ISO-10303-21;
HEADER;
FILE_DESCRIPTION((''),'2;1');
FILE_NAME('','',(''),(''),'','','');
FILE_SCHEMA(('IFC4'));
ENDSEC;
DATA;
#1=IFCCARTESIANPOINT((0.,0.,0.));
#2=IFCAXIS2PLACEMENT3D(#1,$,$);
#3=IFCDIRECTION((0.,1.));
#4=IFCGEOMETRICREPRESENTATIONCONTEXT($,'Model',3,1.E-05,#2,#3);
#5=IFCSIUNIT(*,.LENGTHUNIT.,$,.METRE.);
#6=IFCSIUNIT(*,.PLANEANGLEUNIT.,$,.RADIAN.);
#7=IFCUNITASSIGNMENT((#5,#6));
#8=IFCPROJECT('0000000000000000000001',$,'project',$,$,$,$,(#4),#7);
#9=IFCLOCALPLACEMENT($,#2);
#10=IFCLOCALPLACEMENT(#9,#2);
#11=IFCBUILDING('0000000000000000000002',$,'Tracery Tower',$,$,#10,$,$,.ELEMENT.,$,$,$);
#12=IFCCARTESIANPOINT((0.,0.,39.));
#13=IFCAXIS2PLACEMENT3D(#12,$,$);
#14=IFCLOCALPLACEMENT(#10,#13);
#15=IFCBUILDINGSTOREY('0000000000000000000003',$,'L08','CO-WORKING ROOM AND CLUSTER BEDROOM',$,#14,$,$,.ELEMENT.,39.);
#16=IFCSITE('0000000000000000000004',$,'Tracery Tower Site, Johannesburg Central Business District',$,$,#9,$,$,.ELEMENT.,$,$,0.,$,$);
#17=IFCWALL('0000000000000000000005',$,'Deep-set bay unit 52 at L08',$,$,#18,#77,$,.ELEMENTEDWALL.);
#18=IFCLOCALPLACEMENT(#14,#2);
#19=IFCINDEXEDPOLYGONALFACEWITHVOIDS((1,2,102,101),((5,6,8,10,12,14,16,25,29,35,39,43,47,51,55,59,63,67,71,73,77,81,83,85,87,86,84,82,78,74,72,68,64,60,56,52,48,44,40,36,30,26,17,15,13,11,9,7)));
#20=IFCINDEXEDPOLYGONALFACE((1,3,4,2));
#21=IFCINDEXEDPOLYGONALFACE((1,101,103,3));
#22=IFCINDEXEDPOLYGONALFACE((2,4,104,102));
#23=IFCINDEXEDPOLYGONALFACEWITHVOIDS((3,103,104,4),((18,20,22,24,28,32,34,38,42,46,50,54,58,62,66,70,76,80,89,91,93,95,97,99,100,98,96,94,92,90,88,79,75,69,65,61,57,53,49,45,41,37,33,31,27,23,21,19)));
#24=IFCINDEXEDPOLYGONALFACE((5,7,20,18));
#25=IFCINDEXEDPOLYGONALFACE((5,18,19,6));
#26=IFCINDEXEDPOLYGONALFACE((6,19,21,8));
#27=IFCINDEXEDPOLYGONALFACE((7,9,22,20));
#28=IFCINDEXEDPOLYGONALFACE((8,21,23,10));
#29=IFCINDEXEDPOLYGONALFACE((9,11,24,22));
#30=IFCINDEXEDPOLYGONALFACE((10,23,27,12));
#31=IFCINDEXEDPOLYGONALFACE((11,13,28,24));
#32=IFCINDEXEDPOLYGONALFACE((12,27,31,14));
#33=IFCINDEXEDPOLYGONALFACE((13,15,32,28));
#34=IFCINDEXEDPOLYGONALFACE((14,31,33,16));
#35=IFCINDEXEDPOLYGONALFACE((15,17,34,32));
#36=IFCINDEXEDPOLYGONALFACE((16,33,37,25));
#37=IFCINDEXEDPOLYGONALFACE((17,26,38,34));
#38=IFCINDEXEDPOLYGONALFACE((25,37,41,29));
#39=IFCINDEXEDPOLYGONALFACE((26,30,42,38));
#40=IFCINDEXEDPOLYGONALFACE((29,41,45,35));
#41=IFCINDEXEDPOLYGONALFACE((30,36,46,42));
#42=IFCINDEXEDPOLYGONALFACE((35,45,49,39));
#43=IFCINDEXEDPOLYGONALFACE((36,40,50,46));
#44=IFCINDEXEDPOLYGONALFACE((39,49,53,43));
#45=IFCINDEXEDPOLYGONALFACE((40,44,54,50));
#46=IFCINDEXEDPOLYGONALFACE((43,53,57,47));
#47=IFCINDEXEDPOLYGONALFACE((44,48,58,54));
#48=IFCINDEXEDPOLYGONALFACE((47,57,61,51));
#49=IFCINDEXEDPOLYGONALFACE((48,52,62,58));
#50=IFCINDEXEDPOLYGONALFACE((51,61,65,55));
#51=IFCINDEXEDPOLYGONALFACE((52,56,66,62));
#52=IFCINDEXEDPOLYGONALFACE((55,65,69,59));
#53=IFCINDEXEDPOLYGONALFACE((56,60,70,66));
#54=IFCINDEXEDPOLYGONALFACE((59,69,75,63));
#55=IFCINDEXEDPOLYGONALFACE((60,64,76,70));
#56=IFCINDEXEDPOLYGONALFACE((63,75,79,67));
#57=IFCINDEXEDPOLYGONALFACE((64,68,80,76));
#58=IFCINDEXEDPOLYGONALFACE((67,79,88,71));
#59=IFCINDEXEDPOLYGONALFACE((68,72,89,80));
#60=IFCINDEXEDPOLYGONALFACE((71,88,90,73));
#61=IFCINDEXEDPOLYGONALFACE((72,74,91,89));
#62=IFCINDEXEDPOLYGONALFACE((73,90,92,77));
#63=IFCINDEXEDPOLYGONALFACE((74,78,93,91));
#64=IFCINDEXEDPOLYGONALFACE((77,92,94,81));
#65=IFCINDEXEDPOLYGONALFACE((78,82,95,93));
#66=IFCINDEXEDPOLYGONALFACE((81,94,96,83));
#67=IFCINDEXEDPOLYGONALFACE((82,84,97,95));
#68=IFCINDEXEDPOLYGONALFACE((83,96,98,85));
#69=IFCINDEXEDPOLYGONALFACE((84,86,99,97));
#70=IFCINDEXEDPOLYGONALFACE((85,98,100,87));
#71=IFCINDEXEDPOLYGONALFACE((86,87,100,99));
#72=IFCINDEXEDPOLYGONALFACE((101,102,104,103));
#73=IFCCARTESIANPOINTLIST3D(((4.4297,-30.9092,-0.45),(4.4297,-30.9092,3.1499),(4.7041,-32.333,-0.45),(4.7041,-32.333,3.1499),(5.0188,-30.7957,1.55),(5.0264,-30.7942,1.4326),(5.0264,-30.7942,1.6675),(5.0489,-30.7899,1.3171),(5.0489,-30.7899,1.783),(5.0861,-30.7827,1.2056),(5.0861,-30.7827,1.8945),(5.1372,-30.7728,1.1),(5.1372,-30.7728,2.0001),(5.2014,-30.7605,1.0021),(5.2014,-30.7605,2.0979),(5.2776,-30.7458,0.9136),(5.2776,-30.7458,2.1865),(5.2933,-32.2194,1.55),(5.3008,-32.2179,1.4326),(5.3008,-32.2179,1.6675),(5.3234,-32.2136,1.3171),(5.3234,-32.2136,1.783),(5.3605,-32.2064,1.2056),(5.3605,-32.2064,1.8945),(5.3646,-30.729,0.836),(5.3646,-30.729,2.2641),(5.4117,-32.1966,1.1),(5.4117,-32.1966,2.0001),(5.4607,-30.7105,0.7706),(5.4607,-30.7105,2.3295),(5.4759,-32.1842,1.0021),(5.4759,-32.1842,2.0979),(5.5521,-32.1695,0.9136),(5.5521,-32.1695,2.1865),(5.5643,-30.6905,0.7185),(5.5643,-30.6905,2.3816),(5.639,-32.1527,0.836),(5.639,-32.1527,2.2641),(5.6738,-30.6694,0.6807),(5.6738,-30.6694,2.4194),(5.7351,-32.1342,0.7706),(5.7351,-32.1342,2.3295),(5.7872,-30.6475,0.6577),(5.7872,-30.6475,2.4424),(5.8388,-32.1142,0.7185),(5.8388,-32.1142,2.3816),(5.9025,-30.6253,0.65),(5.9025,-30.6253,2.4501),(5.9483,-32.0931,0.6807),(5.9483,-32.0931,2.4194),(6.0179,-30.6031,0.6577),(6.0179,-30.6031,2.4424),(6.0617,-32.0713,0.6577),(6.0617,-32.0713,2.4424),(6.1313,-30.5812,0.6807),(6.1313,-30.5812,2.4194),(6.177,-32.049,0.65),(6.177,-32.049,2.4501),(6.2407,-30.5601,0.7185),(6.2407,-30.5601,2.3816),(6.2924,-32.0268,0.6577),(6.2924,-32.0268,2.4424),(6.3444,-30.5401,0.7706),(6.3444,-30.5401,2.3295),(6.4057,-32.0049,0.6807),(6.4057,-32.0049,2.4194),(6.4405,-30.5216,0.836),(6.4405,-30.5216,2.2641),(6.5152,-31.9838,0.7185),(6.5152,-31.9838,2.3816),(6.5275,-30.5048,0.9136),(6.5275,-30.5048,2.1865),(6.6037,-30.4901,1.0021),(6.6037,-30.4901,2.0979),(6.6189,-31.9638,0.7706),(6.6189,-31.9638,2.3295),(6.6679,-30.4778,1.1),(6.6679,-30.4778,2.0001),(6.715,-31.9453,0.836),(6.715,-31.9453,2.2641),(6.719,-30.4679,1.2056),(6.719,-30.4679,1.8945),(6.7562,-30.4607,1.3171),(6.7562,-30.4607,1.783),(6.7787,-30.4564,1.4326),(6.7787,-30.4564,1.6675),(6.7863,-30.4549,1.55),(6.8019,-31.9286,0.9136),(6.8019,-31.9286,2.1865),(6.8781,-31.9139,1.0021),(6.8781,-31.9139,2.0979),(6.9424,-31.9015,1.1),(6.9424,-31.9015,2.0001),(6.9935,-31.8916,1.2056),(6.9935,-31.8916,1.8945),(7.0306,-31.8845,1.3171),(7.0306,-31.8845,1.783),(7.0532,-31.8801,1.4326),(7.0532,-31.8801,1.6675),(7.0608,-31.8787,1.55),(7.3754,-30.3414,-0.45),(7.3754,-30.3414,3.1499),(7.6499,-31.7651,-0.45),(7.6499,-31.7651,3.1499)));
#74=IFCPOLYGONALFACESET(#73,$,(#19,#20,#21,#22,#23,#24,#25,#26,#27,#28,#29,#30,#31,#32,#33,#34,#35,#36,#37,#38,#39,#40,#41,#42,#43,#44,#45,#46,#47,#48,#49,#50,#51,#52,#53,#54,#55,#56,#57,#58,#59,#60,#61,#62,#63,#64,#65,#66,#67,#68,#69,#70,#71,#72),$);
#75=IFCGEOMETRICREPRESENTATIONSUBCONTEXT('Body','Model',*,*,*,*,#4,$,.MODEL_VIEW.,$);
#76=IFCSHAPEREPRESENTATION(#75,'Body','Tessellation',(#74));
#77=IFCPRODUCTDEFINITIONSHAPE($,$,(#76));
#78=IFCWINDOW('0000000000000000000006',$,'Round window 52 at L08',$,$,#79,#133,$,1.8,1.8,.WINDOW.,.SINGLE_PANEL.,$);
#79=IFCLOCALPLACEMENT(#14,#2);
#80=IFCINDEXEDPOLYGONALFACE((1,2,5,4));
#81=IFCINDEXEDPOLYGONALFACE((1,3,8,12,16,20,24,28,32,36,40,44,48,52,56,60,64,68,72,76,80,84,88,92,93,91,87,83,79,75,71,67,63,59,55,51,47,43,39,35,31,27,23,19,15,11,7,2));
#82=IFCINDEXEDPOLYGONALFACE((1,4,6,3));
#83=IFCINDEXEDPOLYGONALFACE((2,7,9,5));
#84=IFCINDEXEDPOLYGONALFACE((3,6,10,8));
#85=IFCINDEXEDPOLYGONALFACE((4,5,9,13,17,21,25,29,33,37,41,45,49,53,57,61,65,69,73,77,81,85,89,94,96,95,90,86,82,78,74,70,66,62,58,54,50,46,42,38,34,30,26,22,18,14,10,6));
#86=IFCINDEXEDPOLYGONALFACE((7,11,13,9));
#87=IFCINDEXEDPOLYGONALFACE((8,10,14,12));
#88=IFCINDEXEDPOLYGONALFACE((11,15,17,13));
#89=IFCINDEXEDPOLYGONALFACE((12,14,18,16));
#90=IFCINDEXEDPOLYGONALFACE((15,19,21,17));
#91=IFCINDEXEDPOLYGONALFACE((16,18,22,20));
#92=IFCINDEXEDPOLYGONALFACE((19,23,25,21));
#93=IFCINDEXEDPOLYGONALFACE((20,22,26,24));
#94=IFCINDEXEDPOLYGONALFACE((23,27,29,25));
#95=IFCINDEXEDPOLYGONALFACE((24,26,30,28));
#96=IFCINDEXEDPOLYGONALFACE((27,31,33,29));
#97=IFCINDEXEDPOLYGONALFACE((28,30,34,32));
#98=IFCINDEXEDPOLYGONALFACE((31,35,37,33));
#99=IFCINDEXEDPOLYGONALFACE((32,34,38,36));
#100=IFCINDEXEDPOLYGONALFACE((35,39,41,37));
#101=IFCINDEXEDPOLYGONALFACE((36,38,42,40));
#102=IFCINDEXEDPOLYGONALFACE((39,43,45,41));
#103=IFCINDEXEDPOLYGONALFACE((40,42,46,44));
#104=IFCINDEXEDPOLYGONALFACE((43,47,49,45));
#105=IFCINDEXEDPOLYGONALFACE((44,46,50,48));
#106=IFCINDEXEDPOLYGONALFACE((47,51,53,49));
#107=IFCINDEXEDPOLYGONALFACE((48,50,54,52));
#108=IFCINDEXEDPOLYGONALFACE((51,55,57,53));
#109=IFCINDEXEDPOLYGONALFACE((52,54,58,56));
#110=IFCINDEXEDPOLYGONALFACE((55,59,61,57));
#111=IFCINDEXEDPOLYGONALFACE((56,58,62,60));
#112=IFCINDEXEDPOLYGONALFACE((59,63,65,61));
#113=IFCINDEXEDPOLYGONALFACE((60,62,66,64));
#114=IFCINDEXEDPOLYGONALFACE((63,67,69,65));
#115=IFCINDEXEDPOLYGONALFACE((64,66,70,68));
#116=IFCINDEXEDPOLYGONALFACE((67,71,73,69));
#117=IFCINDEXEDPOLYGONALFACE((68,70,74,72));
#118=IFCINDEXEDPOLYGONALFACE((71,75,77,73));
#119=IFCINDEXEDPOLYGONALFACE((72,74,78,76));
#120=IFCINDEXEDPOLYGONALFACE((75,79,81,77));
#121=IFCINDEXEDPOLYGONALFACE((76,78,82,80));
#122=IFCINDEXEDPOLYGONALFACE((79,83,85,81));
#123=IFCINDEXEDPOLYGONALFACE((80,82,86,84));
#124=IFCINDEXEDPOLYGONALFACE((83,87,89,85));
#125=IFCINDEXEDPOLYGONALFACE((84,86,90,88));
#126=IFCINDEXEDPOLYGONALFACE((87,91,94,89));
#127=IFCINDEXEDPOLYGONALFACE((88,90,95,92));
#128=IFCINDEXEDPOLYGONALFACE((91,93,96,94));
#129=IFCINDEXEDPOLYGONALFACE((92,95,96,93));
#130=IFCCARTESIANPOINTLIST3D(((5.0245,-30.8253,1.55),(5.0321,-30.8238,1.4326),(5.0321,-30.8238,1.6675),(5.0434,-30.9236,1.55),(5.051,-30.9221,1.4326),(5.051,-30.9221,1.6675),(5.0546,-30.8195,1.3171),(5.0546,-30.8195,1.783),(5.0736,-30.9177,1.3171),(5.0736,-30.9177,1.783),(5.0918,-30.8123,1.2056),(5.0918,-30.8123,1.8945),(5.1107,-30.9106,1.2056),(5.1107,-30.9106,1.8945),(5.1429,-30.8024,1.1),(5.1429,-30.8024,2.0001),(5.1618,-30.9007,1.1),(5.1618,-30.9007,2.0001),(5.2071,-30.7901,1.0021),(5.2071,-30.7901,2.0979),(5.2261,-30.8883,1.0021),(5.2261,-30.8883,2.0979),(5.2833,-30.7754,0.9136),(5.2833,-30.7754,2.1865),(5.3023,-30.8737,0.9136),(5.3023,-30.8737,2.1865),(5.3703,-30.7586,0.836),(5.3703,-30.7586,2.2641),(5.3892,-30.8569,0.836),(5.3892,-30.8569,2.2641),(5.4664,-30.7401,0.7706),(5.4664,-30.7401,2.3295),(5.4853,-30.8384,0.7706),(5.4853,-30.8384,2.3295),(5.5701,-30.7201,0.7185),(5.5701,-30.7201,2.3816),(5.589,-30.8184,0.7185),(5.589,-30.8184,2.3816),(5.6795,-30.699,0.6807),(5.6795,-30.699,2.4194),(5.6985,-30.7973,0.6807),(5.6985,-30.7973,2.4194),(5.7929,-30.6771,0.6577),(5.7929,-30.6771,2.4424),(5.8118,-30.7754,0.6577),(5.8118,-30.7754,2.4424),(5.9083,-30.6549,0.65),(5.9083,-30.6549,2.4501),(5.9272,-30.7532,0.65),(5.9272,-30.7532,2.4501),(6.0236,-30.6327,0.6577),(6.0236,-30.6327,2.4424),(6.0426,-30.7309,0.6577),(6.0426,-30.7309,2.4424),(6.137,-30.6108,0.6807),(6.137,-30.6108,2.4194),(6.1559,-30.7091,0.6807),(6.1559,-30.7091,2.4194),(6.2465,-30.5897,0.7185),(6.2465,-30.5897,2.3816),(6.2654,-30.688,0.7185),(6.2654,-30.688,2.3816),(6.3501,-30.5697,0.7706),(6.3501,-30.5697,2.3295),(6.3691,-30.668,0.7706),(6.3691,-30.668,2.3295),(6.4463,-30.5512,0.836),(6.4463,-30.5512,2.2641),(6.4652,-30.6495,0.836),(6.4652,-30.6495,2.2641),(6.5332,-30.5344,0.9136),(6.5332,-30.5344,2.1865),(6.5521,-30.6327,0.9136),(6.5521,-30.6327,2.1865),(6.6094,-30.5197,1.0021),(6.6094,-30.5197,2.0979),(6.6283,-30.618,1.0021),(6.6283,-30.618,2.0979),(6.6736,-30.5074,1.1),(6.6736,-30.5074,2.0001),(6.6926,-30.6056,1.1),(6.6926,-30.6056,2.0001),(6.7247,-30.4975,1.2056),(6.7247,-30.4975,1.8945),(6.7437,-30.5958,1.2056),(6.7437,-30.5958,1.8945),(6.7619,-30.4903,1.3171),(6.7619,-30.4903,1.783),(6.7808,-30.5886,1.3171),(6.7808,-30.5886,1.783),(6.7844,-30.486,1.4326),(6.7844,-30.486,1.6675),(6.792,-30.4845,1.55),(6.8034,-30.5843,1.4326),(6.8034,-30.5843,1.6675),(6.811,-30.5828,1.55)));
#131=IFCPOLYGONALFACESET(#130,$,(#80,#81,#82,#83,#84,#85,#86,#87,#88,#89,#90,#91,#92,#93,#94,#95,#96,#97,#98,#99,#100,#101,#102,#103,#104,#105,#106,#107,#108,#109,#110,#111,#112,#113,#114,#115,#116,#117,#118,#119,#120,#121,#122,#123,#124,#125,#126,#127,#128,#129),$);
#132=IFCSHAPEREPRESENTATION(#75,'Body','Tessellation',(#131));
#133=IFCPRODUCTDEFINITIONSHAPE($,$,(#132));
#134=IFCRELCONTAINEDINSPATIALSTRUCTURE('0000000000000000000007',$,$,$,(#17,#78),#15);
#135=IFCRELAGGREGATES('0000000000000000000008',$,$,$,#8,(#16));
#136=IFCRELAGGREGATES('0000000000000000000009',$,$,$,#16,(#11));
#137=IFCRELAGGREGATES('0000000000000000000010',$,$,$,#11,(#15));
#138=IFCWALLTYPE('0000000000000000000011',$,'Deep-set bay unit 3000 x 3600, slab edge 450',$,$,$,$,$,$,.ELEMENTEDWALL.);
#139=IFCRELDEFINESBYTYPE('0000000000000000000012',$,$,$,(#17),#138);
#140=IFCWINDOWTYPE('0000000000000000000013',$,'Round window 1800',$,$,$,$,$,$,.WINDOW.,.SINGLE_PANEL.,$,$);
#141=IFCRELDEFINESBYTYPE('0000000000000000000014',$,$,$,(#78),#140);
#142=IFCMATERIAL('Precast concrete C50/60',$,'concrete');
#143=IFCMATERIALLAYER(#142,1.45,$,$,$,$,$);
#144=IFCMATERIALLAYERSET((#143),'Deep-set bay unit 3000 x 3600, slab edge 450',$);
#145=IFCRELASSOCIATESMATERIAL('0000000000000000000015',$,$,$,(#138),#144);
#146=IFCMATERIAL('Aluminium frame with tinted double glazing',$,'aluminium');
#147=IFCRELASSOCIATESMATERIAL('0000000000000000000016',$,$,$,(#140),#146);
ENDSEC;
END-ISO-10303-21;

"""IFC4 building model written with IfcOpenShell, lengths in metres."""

from ifc_helpers import new_model, si_unit, direction, frame, frame_2d, origin, origin_2d, place, context, subcontext, project, spatial, rectangle, circle, extrude, material, layer, layer_set, type_object, element, fill, save


model = new_model("IFC4")

# Units and contexts
model_context = context("Model", 3, precision=1e-05, world=origin(), true_north=direction((0.0, 1.0)))
body_context = subcontext(model_context, "Body", "Model", "MODEL_VIEW")
ifc_project = project(units=[si_unit("LENGTHUNIT", "METRE"), si_unit("PLANEANGLEUNIT", "RADIAN")], contexts=[model_context])

# Site, building, storey
site_placement = place(None, origin())
site = spatial("IfcSite", under=ifc_project, at=site_placement, Name="Tracery Tower Site, Johannesburg Central Business District", CompositionType="ELEMENT", RefElevation=0.0)
building_placement = place(site_placement, origin())
building = spatial("IfcBuilding", under=site, at=building_placement, Name="Tracery Tower", CompositionType="ELEMENT")
storey_placement = place(building_placement, frame((0.0, 0.0, 39.0)))
storey = spatial("IfcBuildingStorey", under=building, at=storey_placement, Name="L08", Description="CO-WORKING ROOM AND CLUSTER BEDROOM", CompositionType="ELEMENT", Elevation=39.0)

# Wall, opening, window
ifc_material_1 = material(Name="Precast concrete C50/60", Category="concrete")
ifc_layer_1 = layer(ifc_material_1, 1.45)
ifc_layer_set_1 = layer_set([ifc_layer_1], Name="Deep-set bay unit 3000 x 3600, slab edge 450")
wall_type_1 = type_object("IfcWallType", Name="Deep-set bay unit 3000 x 3600, slab edge 450", PredefinedType="ELEMENTEDWALL", material=ifc_layer_set_1)
wall_1_placement = place(storey_placement, frame((4.5669, -31.6211, -0.45), z_axis=(0.0, 0.0, 1.0), x_axis=(0.981922, 0.189288, 0.0)))
wall_1 = element("IfcWall", 1, at=wall_1_placement, inside=storey, type_object=wall_type_1, Name="Deep-set bay unit 52 at L08", PredefinedType="ELEMENTEDWALL", context=body_context, shape_type="SweptSolid", body=[
    extrude(rectangle(XDim=3.0, YDim=1.45, at=frame_2d((1.5, 0.0))), origin(), (0.0, 0.0, 1.0), 3.5999),
])
opening_1_placement = place(wall_1_placement, frame((1.5, 0.0, 2.0)))
opening_1 = element("IfcOpeningElement", 2, at=opening_1_placement, cuts=wall_1, PredefinedType="OPENING", context=body_context, shape_type="SweptSolid", body=[
    extrude(circle(Radius=0.9, at=origin_2d()), frame((0.0, 0.7349, 0.0), z_axis=(0.0, -1.0, 0.0), x_axis=(1.0, 0.0, 0.0)), (0.0, 0.0, 1.0), 1.47),
])
ifc_material_2 = material(Name="Aluminium frame with tinted double glazing", Category="aluminium")
window_type = type_object("IfcWindowType", Name="Round window 1800", PartitioningType="SINGLE_PANEL", PredefinedType="WINDOW", material=ifc_material_2)
window_1_placement = place(opening_1_placement, origin())
window_1 = element("IfcWindow", 3, at=window_1_placement, inside=storey, type_object=window_type, Name="Round window 52 at L08", OverallHeight=1.8, OverallWidth=1.8, PartitioningType="SINGLE_PANEL", PredefinedType="WINDOW", context=body_context, shape_type="SweptSolid", body=[
    extrude(circle(Radius=0.9, at=origin_2d()), frame((0.0, 0.6948, 0.0), z_axis=(0.0, -1.0, 0.0), x_axis=(1.0, 0.0, 0.0)), (0.0, 0.0, 1.0), 0.1001),
])
fill(opening_1, window_1)

save(model, "model.ifc")
